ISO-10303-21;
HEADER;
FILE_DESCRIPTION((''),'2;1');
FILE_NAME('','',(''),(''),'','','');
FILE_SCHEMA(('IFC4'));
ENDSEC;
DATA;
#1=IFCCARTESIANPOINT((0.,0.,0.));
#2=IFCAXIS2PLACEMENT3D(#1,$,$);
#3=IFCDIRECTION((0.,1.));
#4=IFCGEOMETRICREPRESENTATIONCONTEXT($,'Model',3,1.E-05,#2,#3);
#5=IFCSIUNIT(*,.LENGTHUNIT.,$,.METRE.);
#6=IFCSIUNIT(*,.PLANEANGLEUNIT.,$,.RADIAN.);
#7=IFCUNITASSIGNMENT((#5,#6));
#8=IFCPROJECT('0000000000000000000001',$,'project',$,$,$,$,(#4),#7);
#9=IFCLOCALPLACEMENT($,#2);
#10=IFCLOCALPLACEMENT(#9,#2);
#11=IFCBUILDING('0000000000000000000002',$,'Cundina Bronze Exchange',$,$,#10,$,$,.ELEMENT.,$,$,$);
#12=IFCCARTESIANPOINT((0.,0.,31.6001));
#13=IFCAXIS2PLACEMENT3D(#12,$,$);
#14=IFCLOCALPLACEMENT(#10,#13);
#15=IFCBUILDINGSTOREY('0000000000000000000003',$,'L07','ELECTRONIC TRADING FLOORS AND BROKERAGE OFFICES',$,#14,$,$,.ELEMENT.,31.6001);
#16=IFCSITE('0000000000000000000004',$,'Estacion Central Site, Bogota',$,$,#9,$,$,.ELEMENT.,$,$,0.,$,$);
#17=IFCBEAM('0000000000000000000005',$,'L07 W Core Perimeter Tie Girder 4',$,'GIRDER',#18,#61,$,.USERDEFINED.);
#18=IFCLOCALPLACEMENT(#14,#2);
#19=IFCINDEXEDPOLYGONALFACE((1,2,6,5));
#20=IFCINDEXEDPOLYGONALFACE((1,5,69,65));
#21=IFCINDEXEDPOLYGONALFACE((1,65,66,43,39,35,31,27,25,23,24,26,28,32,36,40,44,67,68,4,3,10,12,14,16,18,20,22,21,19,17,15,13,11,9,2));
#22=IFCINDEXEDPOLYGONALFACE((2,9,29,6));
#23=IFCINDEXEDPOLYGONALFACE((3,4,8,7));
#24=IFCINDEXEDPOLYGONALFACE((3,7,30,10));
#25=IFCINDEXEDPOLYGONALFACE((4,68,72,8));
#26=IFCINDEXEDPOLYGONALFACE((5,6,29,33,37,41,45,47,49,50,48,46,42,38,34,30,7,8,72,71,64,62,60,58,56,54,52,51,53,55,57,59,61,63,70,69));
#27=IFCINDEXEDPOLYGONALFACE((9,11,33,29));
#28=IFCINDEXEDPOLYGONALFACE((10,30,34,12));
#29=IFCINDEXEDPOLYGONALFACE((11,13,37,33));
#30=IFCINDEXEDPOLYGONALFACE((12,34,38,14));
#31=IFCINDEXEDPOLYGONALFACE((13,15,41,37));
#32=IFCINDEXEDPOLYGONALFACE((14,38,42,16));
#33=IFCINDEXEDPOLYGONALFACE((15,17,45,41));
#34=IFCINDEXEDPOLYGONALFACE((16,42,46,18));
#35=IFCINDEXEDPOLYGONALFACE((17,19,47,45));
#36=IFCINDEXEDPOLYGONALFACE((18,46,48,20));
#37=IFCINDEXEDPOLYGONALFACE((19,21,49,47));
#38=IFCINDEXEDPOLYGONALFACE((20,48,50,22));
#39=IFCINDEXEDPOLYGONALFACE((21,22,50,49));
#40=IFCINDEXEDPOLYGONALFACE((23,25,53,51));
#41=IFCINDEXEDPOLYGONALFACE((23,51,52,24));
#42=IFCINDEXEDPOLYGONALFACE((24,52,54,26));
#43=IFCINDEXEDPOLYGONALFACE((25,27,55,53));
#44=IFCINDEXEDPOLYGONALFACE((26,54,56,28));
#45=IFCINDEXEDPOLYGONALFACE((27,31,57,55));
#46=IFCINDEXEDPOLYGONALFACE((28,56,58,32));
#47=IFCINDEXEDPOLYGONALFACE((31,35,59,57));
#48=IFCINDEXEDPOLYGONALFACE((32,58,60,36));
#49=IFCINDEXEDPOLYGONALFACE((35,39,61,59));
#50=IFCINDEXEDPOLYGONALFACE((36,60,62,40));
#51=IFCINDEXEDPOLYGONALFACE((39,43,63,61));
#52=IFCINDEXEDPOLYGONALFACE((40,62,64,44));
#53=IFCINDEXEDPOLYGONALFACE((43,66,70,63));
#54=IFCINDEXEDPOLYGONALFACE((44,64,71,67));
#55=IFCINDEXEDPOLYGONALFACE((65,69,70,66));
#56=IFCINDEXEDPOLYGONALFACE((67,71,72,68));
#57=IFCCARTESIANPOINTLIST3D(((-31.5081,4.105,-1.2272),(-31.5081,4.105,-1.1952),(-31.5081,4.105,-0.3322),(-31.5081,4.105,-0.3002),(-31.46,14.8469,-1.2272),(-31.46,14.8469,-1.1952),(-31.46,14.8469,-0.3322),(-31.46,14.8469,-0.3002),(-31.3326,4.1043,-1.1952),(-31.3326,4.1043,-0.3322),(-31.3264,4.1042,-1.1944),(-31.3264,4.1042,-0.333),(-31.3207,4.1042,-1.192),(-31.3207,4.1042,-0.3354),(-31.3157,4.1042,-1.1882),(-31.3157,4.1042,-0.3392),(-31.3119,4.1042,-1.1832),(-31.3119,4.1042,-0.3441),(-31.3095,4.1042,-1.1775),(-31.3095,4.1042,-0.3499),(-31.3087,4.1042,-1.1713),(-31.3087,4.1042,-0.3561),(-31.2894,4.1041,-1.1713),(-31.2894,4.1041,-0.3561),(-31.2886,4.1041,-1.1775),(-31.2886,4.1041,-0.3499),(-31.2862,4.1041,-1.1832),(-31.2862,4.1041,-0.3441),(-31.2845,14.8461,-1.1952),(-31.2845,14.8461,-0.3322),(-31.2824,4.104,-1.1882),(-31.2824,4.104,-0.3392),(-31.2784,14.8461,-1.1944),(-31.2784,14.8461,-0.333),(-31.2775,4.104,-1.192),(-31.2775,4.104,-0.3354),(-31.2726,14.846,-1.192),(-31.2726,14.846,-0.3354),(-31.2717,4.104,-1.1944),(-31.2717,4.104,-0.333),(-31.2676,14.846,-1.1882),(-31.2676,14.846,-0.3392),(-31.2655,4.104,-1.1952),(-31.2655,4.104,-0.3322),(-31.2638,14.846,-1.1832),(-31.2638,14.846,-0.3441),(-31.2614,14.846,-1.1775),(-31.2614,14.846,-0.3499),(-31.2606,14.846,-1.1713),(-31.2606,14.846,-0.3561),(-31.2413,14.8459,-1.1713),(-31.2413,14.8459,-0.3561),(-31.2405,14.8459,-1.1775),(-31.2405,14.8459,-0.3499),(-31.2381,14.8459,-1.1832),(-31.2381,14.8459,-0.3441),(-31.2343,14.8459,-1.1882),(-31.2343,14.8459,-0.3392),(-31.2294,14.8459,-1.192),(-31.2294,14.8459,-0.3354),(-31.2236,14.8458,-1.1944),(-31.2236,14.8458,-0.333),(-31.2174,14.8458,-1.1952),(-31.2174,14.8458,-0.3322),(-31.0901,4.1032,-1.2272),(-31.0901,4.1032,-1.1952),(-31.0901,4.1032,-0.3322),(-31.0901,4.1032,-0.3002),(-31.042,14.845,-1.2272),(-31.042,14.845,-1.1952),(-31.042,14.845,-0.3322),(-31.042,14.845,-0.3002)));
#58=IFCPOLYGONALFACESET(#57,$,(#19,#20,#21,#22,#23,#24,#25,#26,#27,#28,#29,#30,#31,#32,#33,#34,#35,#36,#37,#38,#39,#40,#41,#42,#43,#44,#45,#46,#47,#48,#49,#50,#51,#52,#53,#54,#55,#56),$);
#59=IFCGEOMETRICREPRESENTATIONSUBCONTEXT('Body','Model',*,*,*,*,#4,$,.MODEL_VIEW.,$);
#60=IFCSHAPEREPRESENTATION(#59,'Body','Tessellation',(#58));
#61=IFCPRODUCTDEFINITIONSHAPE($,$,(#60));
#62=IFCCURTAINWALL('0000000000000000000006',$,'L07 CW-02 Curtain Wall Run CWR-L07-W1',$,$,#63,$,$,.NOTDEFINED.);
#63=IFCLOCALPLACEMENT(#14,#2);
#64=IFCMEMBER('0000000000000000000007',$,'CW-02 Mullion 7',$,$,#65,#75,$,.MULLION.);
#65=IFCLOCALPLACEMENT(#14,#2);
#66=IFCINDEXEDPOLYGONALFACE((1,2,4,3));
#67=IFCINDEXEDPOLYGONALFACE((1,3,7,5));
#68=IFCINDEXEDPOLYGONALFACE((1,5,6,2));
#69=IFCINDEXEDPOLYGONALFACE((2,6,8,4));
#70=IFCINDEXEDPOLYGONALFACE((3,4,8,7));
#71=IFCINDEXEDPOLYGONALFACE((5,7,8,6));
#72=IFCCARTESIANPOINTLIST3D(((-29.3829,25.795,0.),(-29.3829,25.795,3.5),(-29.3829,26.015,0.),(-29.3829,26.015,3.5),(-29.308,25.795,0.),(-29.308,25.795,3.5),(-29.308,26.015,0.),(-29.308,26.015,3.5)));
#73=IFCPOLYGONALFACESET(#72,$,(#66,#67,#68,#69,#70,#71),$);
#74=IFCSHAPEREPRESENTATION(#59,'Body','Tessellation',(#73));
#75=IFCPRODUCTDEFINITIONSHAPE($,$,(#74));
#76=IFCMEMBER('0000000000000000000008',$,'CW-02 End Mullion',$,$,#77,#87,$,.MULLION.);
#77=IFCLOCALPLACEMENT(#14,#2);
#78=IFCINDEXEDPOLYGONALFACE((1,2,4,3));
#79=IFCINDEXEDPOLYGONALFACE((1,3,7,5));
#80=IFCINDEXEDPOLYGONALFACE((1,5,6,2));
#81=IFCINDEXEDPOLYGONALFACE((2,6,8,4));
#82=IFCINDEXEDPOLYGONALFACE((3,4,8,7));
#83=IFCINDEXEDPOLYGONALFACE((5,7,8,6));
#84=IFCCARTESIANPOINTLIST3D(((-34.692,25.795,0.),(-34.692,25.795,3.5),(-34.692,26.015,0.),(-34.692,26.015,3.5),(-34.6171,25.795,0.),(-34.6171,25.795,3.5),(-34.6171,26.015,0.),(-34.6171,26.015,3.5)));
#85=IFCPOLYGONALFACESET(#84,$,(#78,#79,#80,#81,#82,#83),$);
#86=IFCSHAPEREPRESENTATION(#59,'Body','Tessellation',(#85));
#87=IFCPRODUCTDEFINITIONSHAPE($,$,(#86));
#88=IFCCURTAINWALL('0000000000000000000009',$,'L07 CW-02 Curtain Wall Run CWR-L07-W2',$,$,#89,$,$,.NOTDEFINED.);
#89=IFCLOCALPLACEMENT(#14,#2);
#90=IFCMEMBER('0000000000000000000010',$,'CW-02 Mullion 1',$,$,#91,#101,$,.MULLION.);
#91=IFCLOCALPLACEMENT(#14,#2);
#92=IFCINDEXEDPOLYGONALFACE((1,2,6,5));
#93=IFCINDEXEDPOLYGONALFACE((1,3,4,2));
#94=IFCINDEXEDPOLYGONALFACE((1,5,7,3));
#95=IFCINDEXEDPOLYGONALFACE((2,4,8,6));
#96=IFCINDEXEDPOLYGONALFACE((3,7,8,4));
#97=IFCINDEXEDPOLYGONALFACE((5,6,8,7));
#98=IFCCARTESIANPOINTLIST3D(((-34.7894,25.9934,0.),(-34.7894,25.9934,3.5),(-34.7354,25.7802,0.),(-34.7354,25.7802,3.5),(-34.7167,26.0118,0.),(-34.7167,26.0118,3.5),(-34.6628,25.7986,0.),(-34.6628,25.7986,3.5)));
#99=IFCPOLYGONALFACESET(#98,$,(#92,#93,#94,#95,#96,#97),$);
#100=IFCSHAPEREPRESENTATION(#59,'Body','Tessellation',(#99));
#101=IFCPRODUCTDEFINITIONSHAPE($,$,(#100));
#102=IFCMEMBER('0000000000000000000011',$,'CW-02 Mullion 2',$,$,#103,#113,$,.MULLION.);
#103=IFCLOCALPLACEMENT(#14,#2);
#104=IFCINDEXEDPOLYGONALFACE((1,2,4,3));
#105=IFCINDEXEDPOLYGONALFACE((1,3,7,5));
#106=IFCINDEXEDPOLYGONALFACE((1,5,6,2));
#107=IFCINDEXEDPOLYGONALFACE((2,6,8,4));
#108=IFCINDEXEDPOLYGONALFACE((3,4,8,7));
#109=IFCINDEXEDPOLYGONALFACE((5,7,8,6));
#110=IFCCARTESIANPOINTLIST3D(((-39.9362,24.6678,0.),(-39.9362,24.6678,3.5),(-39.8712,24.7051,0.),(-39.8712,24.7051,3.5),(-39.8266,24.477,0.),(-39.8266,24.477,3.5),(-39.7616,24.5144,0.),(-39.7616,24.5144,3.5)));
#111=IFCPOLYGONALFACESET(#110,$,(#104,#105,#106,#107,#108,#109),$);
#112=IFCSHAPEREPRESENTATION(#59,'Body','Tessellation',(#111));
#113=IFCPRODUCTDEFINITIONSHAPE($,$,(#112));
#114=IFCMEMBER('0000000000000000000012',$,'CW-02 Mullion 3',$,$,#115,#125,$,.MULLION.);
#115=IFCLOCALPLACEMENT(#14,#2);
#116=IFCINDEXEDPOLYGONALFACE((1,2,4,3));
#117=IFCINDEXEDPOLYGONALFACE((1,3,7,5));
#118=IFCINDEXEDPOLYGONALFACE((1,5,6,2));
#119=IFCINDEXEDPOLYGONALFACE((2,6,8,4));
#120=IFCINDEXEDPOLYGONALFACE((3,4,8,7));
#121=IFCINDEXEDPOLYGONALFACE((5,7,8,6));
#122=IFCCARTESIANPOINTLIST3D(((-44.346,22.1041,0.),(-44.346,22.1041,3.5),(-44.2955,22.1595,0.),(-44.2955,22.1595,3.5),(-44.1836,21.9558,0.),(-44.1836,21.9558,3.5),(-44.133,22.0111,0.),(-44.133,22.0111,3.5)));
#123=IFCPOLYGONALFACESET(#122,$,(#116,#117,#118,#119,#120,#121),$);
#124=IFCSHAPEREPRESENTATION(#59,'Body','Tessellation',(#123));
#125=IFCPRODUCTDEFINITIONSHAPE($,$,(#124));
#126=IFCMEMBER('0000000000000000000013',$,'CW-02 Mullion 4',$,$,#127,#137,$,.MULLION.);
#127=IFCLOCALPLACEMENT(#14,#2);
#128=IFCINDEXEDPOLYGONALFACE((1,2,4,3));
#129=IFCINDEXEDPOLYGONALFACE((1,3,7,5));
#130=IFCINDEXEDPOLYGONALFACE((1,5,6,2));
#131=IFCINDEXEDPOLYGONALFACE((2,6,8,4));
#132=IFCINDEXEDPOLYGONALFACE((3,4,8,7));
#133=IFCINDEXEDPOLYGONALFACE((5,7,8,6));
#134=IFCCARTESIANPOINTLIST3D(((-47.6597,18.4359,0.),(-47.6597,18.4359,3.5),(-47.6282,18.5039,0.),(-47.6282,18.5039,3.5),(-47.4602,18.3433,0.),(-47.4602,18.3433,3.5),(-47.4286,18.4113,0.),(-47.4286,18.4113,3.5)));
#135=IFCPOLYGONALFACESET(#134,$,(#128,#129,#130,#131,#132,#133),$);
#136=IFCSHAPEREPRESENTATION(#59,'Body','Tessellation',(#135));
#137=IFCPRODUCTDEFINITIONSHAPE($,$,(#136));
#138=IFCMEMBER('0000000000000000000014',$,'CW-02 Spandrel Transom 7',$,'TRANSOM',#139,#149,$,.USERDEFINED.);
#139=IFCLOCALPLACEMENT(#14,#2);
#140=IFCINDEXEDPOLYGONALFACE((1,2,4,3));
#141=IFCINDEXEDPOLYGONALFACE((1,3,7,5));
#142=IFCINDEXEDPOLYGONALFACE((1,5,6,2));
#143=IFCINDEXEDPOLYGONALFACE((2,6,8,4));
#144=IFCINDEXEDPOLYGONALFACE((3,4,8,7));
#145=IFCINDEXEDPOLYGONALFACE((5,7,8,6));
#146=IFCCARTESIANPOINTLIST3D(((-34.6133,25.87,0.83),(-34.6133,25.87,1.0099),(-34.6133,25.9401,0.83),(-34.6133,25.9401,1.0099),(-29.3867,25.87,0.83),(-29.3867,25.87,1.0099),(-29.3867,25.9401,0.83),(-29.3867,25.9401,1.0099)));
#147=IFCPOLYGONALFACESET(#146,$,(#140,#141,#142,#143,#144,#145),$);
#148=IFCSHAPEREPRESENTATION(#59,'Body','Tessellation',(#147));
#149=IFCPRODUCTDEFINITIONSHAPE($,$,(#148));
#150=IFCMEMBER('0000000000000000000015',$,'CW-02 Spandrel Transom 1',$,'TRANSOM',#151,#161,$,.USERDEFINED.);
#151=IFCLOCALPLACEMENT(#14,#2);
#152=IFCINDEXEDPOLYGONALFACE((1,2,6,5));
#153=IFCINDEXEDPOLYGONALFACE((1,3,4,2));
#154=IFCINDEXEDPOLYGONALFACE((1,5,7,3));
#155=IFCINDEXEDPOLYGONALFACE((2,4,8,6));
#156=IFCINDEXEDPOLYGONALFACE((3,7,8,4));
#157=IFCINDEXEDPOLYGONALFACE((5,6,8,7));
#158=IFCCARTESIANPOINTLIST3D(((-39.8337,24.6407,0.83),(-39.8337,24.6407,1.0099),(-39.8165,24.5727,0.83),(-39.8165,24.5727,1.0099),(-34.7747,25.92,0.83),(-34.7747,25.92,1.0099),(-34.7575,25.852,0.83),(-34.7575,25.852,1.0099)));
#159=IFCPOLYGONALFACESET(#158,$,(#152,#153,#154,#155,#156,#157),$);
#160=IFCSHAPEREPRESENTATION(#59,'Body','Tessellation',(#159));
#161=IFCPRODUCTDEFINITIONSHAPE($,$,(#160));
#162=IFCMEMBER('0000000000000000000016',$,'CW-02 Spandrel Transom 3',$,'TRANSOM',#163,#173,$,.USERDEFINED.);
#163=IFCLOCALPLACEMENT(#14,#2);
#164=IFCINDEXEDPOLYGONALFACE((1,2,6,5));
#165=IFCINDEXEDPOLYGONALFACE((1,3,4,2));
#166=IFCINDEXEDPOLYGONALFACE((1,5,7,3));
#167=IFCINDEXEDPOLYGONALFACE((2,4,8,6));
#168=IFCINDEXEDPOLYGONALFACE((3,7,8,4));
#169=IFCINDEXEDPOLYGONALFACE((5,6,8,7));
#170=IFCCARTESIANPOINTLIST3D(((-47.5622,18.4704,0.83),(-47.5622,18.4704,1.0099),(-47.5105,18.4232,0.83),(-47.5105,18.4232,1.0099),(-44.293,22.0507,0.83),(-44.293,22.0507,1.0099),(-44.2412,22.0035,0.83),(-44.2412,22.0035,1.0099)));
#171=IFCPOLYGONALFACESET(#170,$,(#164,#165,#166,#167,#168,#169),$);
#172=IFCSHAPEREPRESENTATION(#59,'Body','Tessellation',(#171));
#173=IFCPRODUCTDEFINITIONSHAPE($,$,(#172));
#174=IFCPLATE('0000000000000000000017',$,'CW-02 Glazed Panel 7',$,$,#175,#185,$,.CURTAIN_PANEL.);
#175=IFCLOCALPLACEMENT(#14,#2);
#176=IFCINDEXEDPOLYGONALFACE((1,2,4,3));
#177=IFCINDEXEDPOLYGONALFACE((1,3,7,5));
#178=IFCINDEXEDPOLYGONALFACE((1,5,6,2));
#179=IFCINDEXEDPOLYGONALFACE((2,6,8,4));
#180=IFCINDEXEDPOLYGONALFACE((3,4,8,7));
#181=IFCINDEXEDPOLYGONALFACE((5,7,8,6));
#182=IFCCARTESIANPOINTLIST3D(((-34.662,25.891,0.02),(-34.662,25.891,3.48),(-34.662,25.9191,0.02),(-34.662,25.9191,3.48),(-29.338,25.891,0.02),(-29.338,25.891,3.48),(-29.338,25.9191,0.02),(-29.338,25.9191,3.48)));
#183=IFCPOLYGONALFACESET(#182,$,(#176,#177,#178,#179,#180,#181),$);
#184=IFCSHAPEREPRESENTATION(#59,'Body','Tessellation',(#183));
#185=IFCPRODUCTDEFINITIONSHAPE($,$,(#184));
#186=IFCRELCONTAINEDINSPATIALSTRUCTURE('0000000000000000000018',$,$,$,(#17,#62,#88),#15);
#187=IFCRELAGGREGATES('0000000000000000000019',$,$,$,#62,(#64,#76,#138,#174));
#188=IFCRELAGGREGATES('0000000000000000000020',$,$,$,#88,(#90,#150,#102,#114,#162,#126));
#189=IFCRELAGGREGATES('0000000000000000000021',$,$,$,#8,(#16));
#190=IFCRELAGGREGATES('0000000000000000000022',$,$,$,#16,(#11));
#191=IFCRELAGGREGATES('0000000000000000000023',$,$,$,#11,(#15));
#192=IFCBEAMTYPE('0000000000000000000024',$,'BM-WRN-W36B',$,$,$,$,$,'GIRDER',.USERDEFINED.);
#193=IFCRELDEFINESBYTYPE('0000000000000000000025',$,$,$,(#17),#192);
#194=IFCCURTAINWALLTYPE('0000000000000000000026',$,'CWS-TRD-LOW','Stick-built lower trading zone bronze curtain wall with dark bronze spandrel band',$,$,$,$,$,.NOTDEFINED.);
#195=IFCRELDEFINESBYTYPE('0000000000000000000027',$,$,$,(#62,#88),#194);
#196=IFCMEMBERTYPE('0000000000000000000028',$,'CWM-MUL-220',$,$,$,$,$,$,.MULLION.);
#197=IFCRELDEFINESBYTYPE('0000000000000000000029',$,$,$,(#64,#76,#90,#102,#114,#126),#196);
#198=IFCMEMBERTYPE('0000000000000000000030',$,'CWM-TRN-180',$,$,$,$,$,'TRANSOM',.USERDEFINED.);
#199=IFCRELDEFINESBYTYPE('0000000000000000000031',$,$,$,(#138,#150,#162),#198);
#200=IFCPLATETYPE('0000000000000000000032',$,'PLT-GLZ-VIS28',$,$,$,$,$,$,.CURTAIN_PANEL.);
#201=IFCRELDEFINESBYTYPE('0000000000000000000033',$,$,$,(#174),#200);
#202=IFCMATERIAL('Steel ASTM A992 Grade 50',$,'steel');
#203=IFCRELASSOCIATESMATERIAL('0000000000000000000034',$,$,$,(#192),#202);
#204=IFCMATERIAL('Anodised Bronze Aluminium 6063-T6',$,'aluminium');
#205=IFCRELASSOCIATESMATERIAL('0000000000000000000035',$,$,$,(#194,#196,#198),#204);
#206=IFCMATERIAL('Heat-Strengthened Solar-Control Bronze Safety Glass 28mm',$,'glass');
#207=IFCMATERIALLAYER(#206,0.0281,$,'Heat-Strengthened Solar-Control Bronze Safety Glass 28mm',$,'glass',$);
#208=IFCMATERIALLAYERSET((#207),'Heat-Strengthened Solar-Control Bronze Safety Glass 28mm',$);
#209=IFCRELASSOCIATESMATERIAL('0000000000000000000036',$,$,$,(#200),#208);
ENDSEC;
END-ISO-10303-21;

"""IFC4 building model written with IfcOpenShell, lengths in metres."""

from ifc_helpers import new_model, si_unit, direction, frame, origin, origin_2d, place, context, subcontext, project, spatial, rectangle, i_section, extrude, material, layer, layer_set, material_profile, profile_set, type_object, element, aggregate, save


model = new_model("IFC4")

# Units and contexts
model_context = context("Model", 3, precision=1e-05, world=origin(), true_north=direction((0.0, 1.0)))
body_context = subcontext(model_context, "Body", "Model", "MODEL_VIEW")
ifc_project = project(units=[si_unit("LENGTHUNIT", "METRE"), si_unit("PLANEANGLEUNIT", "RADIAN")], contexts=[model_context])

# Site, building, storey
site_placement = place(None, origin())
site = spatial("IfcSite", under=ifc_project, at=site_placement, Name="Estacion Central Site, Bogota", CompositionType="ELEMENT", RefElevation=0.0)
building_placement = place(site_placement, origin())
building = spatial("IfcBuilding", under=site, at=building_placement, Name="Cundina Bronze Exchange", CompositionType="ELEMENT")
storey_placement = place(building_placement, frame((0.0, 0.0, 31.6001)))
storey = spatial("IfcBuildingStorey", under=building, at=storey_placement, Name="L07", Description="ELECTRONIC TRADING FLOORS AND BROKERAGE OFFICES", CompositionType="ELEMENT", Elevation=31.6001)

# Shared definitions
ifc_material_1 = material(Name="Steel ASTM A992 Grade 50", Category="steel")

# Beam
ifc_material_profile_1 = material_profile(ifc_material_1, i_section(OverallWidth=0.418, OverallDepth=0.927, WebThickness=0.0193, FlangeThickness=0.032, FilletRadius=0.0239, at=origin_2d()), Name="W36X231", Category="steel")
ifc_profile_set_1 = profile_set([ifc_material_profile_1], Name="Steel ASTM A992 Grade 50")
beam_type_1 = type_object("IfcBeamType", Name="BM-WRN-W36B", ElementType="GIRDER", PredefinedType="USERDEFINED", material=ifc_profile_set_1)
beam_1_placement = place(storey_placement, frame((-31.251, 14.8459, -0.7637), z_axis=(-0.004477, -0.99999, 0.0), x_axis=(0.99999, -0.004477, 0.0)))
element("IfcBeam", 1, at=beam_1_placement, inside=storey, type_object=beam_type_1, Name="L07 W Core Perimeter Tie Girder 4", ObjectType="GIRDER", PredefinedType="USERDEFINED", context=body_context, shape_type="SweptSolid", body=[
    extrude(i_section(OverallWidth=0.418, OverallDepth=0.927, WebThickness=0.0193, FlangeThickness=0.032, FilletRadius=0.0239, at=origin_2d()), origin(), (0.0, 0.0, 1.0), 10.7419),
])

# Curtain walls, members
ifc_material_2 = material(Name="Anodised Bronze Aluminium 6063-T6", Category="aluminium")
curtain_wall_type = type_object("IfcCurtainWallType", Name="CWS-TRD-LOW", Description="Stick-built lower trading zone bronze curtain wall with dark bronze spandrel band", PredefinedType="NOTDEFINED", material=ifc_material_2)
curtain_wall_1_placement = place(storey_placement, origin())
curtain_wall_1 = element("IfcCurtainWall", 2, at=curtain_wall_1_placement, inside=storey, type_object=curtain_wall_type, Name="L07 CW-02 Curtain Wall Run CWR-L07-W1", PredefinedType="NOTDEFINED")
ifc_material_profile_2 = material_profile(ifc_material_2, rectangle(XDim=0.075, YDim=0.22, at=origin_2d()), Name="AL75X220", Category="aluminium")
ifc_profile_set_2 = profile_set([ifc_material_profile_2], Name="Anodised Bronze Aluminium 6063-T6")
member_type_1 = type_object("IfcMemberType", Name="CWM-MUL-220", PredefinedType="MULLION", material=ifc_profile_set_2)
member_1_placement = place(storey_placement, frame((-29.3455, 25.905, 0.0), z_axis=(0.0, 0.0, 1.0), x_axis=(-1.0, 0.0, 0.0)))
member_1 = element("IfcMember", 3, at=member_1_placement, type_object=member_type_1, Name="CW-02 Mullion 7", PredefinedType="MULLION", context=body_context, shape_type="SweptSolid", body=[
    extrude(rectangle(XDim=0.075, YDim=0.22, at=origin_2d()), origin(), (0.0, 0.0, 1.0), 3.5),
])
member_2_placement = place(storey_placement, frame((-34.6545, 25.905, 0.0), z_axis=(0.0, 0.0, 1.0), x_axis=(-1.0, 0.0, 0.0)))
member_2 = element("IfcMember", 4, at=member_2_placement, type_object=member_type_1, Name="CW-02 End Mullion", PredefinedType="MULLION", context=body_context, shape_type="SweptSolid", body=[
    extrude(rectangle(XDim=0.075, YDim=0.22, at=origin_2d()), origin(), (0.0, 0.0, 1.0), 3.5),
])
curtain_wall_2_placement = place(storey_placement, origin())
curtain_wall_2 = element("IfcCurtainWall", 5, at=curtain_wall_2_placement, inside=storey, type_object=curtain_wall_type, Name="L07 CW-02 Curtain Wall Run CWR-L07-W2", PredefinedType="NOTDEFINED")
member_3_placement = place(storey_placement, frame((-34.7261, 25.896, 0.0), z_axis=(0.0, 0.0, 1.0), x_axis=(-0.969488, -0.245138, 0.0)))
member_3 = element("IfcMember", 6, at=member_3_placement, type_object=member_type_1, Name="CW-02 Mullion 1", PredefinedType="MULLION", context=body_context, shape_type="SweptSolid", body=[
    extrude(rectangle(XDim=0.075, YDim=0.22, at=origin_2d()), origin(), (0.0, 0.0, 1.0), 3.5),
])
member_4_placement = place(storey_placement, frame((-39.8489, 24.5911, 0.0), z_axis=(0.0, 0.0, 1.0), x_axis=(-0.867071, -0.498185, 0.0)))
member_4 = element("IfcMember", 7, at=member_4_placement, type_object=member_type_1, Name="CW-02 Mullion 2", PredefinedType="MULLION", context=body_context, shape_type="SweptSolid", body=[
    extrude(rectangle(XDim=0.075, YDim=0.22, at=origin_2d()), origin(), (0.0, 0.0, 1.0), 3.5),
])
member_5_placement = place(storey_placement, frame((-44.2395, 22.0576, 0.0), z_axis=(0.0, 0.0, 1.0), x_axis=(-0.674302, -0.738455, 0.0)))
member_5 = element("IfcMember", 8, at=member_5_placement, type_object=member_type_1, Name="CW-02 Mullion 3", PredefinedType="MULLION", context=body_context, shape_type="SweptSolid", body=[
    extrude(rectangle(XDim=0.075, YDim=0.22, at=origin_2d()), origin(), (0.0, 0.0, 1.0), 3.5),
])
member_6_placement = place(storey_placement, frame((-47.5442, 18.4236, 0.0), z_axis=(0.0, 0.0, 1.0), x_axis=(-0.420877, -0.907117, 0.0)))
member_6 = element("IfcMember", 9, at=member_6_placement, type_object=member_type_1, Name="CW-02 Mullion 4", PredefinedType="MULLION", context=body_context, shape_type="SweptSolid", body=[
    extrude(rectangle(XDim=0.075, YDim=0.22, at=origin_2d()), origin(), (0.0, 0.0, 1.0), 3.5),
])

# Members
ifc_material_profile_3 = material_profile(ifc_material_2, rectangle(XDim=0.0701, YDim=0.1799, at=origin_2d()), Name="AL70X180", Category="aluminium")
ifc_profile_set_3 = profile_set([ifc_material_profile_3], Name="Anodised Bronze Aluminium 6063-T6")
member_type_2 = type_object("IfcMemberType", Name="CWM-TRN-180", ElementType="TRANSOM", PredefinedType="USERDEFINED", material=ifc_profile_set_3)
member_7_placement = place(storey_placement, frame((-29.3867, 25.905, 0.9199), z_axis=(-1.0, 0.0, 0.0), x_axis=(0.0, -1.0, 0.0)))
member_7 = element("IfcMember", 10, at=member_7_placement, type_object=member_type_2, Name="CW-02 Spandrel Transom 7", ObjectType="TRANSOM", PredefinedType="USERDEFINED", context=body_context, shape_type="SweptSolid", body=[
    extrude(rectangle(XDim=0.0701, YDim=0.1799, at=origin_2d()), origin(), (0.0, 0.0, 1.0), 5.2266),
])
member_8_placement = place(storey_placement, frame((-34.7661, 25.886, 0.9199), z_axis=(-0.969484, -0.245155, 0.0), x_axis=(0.245155, -0.969484, 0.0)))
member_8 = element("IfcMember", 11, at=member_8_placement, type_object=member_type_2, Name="CW-02 Spandrel Transom 1", ObjectType="TRANSOM", PredefinedType="USERDEFINED", context=body_context, shape_type="SweptSolid", body=[
    extrude(rectangle(XDim=0.0701, YDim=0.1799, at=origin_2d()), origin(), (0.0, 0.0, 1.0), 5.2183),
])
member_9_placement = place(storey_placement, frame((-44.2671, 22.0271, 0.9199), z_axis=(-0.674303, -0.738455, 0.0), x_axis=(0.738455, -0.674303, 0.0)))
member_9 = element("IfcMember", 12, at=member_9_placement, type_object=member_type_2, Name="CW-02 Spandrel Transom 3", ObjectType="TRANSOM", PredefinedType="USERDEFINED", context=body_context, shape_type="SweptSolid", body=[
    extrude(rectangle(XDim=0.0701, YDim=0.1799, at=origin_2d()), origin(), (0.0, 0.0, 1.0), 4.8484),
])

# Plate
ifc_material_3 = material(Name="Heat-Strengthened Solar-Control Bronze Safety Glass 28mm", Category="glass")
ifc_layer_1 = layer(ifc_material_3, 0.0281, Name="Heat-Strengthened Solar-Control Bronze Safety Glass 28mm", Category="glass")
ifc_layer_set_1 = layer_set([ifc_layer_1], Name="Heat-Strengthened Solar-Control Bronze Safety Glass 28mm")
plate_type_1 = type_object("IfcPlateType", Name="PLT-GLZ-VIS28", PredefinedType="CURTAIN_PANEL", material=ifc_layer_set_1)
plate_1_placement = place(storey_placement, frame((-32.0, 25.905, 0.02), z_axis=(0.0, 0.0, 1.0), x_axis=(-1.0, 0.0, 0.0)))
plate_1 = element("IfcPlate", 13, at=plate_1_placement, type_object=plate_type_1, Name="CW-02 Glazed Panel 7", PredefinedType="CURTAIN_PANEL", context=body_context, shape_type="SweptSolid", body=[
    extrude(rectangle(XDim=5.324, YDim=0.0281, at=origin_2d()), origin(), (0.0, 0.0, 1.0), 3.46),
])
aggregate(curtain_wall_1, [member_1, member_2, member_7, plate_1])
aggregate(curtain_wall_2, [member_3, member_8, member_4, member_5, member_9, member_6])

save(model, "model.ifc")
